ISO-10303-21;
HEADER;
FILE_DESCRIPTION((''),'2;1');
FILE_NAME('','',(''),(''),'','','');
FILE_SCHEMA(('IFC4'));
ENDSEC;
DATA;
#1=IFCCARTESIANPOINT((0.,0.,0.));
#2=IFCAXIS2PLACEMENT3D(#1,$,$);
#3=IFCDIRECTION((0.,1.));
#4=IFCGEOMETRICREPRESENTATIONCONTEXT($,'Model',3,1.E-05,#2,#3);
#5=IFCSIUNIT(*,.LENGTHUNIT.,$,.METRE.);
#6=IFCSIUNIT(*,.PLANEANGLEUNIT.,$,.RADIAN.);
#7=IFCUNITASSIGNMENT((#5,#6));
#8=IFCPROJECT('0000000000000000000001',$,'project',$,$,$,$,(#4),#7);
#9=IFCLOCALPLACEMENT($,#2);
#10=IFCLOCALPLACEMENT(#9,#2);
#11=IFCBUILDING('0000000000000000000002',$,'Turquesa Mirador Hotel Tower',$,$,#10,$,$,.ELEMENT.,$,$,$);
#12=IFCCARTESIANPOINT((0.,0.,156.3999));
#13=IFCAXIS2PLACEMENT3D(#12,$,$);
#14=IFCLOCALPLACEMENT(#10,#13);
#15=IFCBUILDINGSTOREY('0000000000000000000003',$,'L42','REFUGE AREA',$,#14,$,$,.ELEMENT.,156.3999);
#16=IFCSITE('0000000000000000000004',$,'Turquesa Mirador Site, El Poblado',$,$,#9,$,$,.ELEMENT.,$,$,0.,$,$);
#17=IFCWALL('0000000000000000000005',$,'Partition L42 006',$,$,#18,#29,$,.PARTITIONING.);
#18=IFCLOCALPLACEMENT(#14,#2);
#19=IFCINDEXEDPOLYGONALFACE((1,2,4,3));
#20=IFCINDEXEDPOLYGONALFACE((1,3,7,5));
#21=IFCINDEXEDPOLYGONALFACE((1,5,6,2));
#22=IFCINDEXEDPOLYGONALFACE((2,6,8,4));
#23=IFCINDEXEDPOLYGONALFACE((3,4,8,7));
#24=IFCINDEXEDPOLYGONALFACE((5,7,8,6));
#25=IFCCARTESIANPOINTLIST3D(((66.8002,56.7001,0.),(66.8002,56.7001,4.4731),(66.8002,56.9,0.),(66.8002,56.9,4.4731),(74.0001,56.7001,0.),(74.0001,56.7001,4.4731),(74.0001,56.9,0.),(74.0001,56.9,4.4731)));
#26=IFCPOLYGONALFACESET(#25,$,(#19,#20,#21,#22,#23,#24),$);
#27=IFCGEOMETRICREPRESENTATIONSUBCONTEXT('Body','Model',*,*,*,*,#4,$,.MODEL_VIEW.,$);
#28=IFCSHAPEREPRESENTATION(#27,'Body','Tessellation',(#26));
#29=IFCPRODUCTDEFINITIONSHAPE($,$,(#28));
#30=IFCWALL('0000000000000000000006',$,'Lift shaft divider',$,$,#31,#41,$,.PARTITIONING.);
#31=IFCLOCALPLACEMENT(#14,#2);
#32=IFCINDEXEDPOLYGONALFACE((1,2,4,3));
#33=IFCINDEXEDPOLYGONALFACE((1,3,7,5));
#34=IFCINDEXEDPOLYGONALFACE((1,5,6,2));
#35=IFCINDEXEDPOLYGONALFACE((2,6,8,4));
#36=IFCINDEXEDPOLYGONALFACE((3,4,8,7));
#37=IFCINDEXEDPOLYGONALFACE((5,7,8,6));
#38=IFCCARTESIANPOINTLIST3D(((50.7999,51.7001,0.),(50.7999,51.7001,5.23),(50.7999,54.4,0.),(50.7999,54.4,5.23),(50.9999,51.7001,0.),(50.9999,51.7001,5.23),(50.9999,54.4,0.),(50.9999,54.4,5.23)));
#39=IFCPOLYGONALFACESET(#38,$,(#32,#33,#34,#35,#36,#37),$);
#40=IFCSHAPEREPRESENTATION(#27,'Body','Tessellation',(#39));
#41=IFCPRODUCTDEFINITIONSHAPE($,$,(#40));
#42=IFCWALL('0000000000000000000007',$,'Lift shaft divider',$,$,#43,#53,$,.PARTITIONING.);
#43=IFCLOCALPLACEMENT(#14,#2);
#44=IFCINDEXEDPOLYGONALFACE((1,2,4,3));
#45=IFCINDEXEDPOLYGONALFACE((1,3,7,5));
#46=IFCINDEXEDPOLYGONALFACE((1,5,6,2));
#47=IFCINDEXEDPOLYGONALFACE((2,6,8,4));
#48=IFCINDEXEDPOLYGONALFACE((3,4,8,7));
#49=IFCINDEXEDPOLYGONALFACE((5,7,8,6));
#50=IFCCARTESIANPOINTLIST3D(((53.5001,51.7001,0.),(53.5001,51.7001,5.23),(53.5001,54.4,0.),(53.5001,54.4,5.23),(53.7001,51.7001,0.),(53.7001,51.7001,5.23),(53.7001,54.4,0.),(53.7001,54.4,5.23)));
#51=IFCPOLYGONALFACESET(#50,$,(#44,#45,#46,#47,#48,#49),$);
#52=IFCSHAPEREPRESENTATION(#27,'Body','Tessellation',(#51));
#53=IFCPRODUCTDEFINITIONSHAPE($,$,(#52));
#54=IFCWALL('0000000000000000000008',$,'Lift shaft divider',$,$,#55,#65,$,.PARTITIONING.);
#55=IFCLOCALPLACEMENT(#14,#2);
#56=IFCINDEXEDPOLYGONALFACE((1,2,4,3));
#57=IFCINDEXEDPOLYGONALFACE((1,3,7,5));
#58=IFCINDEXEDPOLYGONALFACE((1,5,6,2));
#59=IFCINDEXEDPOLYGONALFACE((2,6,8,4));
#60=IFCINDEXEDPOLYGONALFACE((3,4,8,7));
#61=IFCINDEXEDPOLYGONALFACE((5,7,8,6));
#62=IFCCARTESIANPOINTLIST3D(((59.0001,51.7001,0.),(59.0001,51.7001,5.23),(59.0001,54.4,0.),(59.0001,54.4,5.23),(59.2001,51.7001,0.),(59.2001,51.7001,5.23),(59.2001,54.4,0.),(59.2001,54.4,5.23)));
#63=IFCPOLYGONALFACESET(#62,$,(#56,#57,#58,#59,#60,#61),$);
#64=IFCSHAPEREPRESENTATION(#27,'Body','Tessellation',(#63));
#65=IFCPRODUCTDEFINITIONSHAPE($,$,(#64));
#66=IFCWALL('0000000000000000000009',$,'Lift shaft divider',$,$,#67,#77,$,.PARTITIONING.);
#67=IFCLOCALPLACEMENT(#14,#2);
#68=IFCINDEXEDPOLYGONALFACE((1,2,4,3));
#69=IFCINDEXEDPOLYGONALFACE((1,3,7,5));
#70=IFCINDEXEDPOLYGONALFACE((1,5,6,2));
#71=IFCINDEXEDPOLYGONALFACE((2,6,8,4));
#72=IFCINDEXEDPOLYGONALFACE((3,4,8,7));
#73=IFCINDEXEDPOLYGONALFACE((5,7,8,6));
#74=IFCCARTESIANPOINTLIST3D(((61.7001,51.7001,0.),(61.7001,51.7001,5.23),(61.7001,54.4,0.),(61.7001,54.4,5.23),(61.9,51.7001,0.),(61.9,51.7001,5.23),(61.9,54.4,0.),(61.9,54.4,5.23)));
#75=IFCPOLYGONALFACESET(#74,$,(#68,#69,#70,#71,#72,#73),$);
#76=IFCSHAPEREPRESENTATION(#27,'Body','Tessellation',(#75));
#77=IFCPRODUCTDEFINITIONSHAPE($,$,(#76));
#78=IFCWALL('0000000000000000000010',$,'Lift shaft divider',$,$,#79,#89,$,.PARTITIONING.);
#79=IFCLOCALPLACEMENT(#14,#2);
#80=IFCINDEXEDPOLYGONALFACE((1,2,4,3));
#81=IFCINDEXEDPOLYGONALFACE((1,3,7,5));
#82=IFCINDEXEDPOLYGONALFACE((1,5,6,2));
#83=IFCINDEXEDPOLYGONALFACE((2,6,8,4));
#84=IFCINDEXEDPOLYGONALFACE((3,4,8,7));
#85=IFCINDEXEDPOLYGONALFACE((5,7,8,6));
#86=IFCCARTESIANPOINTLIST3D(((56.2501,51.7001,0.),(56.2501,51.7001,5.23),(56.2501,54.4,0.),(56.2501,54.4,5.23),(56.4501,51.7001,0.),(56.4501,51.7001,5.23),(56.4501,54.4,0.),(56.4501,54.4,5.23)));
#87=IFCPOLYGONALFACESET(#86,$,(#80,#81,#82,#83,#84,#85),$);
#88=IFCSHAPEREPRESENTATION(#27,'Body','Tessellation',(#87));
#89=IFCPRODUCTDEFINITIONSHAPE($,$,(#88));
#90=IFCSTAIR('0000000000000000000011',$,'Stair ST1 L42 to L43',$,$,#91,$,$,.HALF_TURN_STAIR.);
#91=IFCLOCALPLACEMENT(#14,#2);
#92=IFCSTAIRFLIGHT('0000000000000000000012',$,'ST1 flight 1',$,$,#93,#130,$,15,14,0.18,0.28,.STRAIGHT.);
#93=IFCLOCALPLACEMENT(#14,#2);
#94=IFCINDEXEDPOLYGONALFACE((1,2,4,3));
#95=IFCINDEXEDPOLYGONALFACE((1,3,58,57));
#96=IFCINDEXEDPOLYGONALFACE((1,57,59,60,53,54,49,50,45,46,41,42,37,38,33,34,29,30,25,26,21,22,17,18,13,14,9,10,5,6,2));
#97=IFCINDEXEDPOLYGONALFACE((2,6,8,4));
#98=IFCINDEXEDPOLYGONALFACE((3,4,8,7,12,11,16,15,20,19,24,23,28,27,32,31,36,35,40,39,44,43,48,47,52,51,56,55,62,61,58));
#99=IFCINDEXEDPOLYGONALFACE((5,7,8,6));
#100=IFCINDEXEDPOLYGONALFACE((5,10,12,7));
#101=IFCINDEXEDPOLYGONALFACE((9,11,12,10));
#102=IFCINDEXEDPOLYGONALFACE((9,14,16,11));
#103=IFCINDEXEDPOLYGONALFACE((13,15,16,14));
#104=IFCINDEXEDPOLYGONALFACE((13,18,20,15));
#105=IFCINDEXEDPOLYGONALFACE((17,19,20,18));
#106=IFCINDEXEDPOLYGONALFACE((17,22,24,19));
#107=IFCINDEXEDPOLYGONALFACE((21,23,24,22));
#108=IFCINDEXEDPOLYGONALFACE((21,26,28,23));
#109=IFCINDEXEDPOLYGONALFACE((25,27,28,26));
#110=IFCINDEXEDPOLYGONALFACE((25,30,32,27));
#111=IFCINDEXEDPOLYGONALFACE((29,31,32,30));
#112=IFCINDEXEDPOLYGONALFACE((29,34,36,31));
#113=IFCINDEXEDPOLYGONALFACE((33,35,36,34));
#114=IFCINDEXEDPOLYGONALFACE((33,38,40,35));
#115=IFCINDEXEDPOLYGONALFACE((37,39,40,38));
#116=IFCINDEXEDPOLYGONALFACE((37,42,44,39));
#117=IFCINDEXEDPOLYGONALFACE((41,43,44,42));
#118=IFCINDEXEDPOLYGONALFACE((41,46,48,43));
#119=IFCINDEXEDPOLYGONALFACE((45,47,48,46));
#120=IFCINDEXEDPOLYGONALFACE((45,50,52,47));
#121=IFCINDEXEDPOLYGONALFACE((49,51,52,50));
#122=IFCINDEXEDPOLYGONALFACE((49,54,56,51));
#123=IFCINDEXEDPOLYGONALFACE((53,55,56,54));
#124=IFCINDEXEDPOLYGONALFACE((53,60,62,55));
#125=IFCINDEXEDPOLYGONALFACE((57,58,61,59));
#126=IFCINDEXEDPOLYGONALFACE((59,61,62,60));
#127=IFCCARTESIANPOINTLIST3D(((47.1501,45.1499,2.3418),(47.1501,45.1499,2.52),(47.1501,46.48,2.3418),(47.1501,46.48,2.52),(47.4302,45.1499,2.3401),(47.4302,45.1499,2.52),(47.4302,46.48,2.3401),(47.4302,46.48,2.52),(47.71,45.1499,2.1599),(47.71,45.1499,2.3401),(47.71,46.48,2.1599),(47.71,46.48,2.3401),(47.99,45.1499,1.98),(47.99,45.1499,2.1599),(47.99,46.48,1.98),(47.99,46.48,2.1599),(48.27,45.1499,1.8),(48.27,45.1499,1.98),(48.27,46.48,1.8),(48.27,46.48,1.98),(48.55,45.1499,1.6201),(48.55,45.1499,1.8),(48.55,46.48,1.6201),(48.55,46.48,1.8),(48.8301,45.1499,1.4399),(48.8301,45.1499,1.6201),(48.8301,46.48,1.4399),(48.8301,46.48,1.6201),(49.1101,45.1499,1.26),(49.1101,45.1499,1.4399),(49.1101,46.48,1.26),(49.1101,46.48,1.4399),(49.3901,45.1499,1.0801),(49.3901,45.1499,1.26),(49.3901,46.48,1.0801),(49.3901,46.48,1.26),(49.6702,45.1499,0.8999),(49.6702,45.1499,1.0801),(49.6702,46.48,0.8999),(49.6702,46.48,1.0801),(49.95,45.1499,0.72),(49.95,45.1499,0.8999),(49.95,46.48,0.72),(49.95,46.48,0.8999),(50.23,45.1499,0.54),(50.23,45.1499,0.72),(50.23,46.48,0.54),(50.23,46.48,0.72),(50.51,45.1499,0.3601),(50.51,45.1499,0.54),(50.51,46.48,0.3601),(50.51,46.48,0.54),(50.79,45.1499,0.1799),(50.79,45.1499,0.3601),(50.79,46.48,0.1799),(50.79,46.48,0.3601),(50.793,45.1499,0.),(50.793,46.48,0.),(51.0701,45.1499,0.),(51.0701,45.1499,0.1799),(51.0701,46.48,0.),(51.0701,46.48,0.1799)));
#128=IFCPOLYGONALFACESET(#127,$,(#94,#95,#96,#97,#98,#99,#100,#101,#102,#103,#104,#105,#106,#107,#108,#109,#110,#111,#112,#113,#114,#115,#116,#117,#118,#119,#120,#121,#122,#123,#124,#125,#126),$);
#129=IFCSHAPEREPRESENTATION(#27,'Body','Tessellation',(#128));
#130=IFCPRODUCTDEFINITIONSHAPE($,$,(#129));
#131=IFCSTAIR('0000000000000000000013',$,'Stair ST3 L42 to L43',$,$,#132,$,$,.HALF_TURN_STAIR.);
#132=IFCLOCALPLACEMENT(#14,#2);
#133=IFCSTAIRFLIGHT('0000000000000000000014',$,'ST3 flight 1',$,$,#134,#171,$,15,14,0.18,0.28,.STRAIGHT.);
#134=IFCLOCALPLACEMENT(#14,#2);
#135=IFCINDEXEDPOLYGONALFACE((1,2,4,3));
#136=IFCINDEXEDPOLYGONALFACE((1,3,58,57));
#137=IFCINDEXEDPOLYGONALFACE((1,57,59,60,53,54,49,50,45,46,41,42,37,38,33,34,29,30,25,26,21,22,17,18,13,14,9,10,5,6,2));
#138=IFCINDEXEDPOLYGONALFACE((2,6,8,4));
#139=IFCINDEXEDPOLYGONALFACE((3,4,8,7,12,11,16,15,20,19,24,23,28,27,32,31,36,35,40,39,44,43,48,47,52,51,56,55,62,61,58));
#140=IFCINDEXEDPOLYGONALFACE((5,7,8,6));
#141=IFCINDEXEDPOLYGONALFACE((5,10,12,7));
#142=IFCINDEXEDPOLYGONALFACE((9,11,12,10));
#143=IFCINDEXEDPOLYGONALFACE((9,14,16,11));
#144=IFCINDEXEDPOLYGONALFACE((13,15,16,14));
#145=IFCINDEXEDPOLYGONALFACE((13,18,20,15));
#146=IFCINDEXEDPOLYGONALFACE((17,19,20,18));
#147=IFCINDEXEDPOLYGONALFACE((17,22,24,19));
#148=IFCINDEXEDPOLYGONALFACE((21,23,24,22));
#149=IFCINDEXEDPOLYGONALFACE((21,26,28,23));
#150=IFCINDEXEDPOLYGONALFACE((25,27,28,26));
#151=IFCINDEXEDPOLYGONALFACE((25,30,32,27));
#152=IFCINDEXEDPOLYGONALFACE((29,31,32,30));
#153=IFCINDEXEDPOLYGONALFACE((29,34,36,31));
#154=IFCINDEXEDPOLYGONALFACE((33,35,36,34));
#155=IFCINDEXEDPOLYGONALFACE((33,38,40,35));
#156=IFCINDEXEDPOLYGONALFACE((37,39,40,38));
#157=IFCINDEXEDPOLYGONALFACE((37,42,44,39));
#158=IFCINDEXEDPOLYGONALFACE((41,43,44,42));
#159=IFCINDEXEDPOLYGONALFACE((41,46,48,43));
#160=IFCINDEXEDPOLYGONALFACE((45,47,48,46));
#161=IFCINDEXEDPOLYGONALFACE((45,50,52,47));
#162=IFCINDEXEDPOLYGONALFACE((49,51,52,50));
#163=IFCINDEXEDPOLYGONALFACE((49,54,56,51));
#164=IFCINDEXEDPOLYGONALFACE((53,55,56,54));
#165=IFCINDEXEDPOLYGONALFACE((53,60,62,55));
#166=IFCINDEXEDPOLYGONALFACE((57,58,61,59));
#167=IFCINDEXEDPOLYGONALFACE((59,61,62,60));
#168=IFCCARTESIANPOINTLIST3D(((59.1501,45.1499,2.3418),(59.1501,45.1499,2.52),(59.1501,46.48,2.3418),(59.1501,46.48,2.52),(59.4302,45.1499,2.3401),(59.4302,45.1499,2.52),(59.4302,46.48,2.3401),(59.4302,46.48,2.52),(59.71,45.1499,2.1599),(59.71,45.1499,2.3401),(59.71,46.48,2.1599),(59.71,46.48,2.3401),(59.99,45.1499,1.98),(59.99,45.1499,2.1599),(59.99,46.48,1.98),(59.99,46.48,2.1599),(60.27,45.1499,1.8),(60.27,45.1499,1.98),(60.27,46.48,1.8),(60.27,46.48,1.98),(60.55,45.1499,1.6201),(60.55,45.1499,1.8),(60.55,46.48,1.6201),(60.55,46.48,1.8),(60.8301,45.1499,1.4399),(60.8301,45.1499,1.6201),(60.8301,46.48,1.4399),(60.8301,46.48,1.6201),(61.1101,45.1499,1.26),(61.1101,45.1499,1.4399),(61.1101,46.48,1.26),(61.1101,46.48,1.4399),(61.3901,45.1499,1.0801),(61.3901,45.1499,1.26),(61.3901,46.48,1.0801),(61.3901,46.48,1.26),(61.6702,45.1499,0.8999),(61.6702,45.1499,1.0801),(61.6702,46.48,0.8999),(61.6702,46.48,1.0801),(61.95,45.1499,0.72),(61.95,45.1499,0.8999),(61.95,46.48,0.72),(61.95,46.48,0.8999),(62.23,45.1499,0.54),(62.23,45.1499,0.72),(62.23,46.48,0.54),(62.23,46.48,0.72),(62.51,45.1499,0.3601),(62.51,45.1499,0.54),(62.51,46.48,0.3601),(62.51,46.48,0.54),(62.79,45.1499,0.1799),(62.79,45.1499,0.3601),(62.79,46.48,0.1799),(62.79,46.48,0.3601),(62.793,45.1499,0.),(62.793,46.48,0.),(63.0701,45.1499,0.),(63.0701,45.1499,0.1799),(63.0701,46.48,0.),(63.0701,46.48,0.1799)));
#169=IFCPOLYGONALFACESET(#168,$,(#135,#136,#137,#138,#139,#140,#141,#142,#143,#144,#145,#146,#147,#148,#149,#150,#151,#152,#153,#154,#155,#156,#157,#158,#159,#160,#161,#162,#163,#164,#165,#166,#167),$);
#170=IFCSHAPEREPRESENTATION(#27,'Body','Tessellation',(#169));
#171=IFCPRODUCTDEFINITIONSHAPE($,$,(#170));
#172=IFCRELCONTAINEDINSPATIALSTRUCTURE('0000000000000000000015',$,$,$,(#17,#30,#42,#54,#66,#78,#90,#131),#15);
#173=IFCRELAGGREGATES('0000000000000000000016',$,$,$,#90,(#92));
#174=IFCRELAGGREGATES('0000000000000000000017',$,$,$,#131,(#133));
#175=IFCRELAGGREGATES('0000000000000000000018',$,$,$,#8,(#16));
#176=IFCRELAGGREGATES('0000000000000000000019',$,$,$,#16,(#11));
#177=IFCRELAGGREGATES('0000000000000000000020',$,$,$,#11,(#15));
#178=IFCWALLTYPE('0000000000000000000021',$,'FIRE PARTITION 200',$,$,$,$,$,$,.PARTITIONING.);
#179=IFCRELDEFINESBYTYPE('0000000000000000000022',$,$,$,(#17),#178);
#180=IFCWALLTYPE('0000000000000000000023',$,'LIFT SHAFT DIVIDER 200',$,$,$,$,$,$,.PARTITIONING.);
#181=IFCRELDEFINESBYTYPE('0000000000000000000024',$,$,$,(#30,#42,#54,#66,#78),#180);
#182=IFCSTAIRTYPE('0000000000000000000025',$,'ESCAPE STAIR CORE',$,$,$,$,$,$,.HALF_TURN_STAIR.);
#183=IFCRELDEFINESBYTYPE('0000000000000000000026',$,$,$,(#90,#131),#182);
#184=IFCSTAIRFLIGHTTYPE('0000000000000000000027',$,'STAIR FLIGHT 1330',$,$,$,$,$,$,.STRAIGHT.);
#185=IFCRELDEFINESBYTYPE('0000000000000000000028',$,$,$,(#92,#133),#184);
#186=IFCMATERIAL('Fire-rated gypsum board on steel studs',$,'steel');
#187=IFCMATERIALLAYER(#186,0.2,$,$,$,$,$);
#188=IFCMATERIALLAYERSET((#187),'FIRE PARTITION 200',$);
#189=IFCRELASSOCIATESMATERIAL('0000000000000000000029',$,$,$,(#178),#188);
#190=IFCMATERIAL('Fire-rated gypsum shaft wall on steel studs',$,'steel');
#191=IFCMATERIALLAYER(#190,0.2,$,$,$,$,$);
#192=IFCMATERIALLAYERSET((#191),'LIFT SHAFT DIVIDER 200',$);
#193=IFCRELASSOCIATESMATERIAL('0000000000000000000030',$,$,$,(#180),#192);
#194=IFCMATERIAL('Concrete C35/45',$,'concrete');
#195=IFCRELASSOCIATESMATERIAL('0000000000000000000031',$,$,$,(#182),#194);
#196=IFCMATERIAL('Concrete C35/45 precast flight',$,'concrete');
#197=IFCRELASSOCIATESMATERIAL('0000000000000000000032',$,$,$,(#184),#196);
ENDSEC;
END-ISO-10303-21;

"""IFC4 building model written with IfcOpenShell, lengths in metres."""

from ifc_helpers import new_model, si_unit, direction, frame, frame_2d, origin, place, context, subcontext, project, spatial, polyline, rectangle, outline, extrude, material, layer, layer_set, type_object, element, aggregate, save


model = new_model("IFC4")

# Units and contexts
model_context = context("Model", 3, precision=1e-05, world=origin(), true_north=direction((0.0, 1.0)))
body_context = subcontext(model_context, "Body", "Model", "MODEL_VIEW")
ifc_project = project(units=[si_unit("LENGTHUNIT", "METRE"), si_unit("PLANEANGLEUNIT", "RADIAN")], contexts=[model_context])

# Site, building, storey
site_placement = place(None, origin())
site = spatial("IfcSite", under=ifc_project, at=site_placement, Name="Turquesa Mirador Site, El Poblado", CompositionType="ELEMENT", RefElevation=0.0)
building_placement = place(site_placement, origin())
building = spatial("IfcBuilding", under=site, at=building_placement, Name="Turquesa Mirador Hotel Tower", CompositionType="ELEMENT")
storey_placement = place(building_placement, frame((0.0, 0.0, 156.3999)))
storey = spatial("IfcBuildingStorey", under=building, at=storey_placement, Name="L42", Description="REFUGE AREA", CompositionType="ELEMENT", Elevation=156.3999)

# Walls
ifc_material_1 = material(Name="Fire-rated gypsum board on steel studs", Category="steel")
ifc_layer_1 = layer(ifc_material_1, 0.2)
ifc_layer_set_1 = layer_set([ifc_layer_1], Name="FIRE PARTITION 200")
wall_type_1 = type_object("IfcWallType", Name="FIRE PARTITION 200", PredefinedType="PARTITIONING", material=ifc_layer_set_1)
wall_1_placement = place(storey_placement, frame((66.8, 56.8, 0.0), z_axis=(0.0, 0.0, 1.0), x_axis=(1.0, 0.0, 0.0)))
element("IfcWall", 1, at=wall_1_placement, inside=storey, type_object=wall_type_1, Name="Partition L42 006", PredefinedType="PARTITIONING", context=body_context, shape_type="SweptSolid", body=[
    extrude(rectangle(XDim=7.2, YDim=0.2, at=frame_2d((3.6001, 0.0))), origin(), (0.0, 0.0, 1.0), 4.4731),
])
ifc_material_2 = material(Name="Fire-rated gypsum shaft wall on steel studs", Category="steel")
ifc_layer_2 = layer(ifc_material_2, 0.2)
ifc_layer_set_2 = layer_set([ifc_layer_2], Name="LIFT SHAFT DIVIDER 200")
wall_type_2 = type_object("IfcWallType", Name="LIFT SHAFT DIVIDER 200", PredefinedType="PARTITIONING", material=ifc_layer_set_2)
for number, where, z_axis, x_axis, name in (
    (2, (50.8999, 51.7, 0.0), (0.0, 0.0, 1.0), (0.0, 1.0, 0.0), "Lift shaft divider"),
    (3, (53.6001, 51.7, 0.0), (0.0, 0.0, 1.0), (0.0, 1.0, 0.0), "Lift shaft divider"),
    (4, (59.1001, 51.7, 0.0), (0.0, 0.0, 1.0), (0.0, 1.0, 0.0), "Lift shaft divider"),
    (5, (61.8, 51.7, 0.0), (0.0, 0.0, 1.0), (0.0, 1.0, 0.0), "Lift shaft divider"),
    (6, (56.3501, 51.7, 0.0), (0.0, 0.0, 1.0), (0.0, 1.0, 0.0), "Lift shaft divider"),
):
    element("IfcWall", number, at=place(storey_placement, frame(where, z_axis=z_axis, x_axis=x_axis)), inside=storey, type_object=wall_type_2, Name=name, PredefinedType="PARTITIONING", context=body_context, shape_type="SweptSolid", body=[
        extrude(rectangle(XDim=2.7, YDim=0.2, at=frame_2d((1.3501, 0.0))), origin(), (0.0, 0.0, 1.0), 5.23),
    ])

# Stair, stair flight
ifc_material_3 = material(Name="Concrete C35/45", Category="concrete")
stair_type = type_object("IfcStairType", Name="ESCAPE STAIR CORE", PredefinedType="HALF_TURN_STAIR", material=ifc_material_3)
stair_1_placement = place(storey_placement, origin())
stair_1 = element("IfcStair", 7, at=stair_1_placement, inside=storey, type_object=stair_type, Name="Stair ST1 L42 to L43", PredefinedType="HALF_TURN_STAIR")
ifc_material_4 = material(Name="Concrete C35/45 precast flight", Category="concrete")
stair_flight_type = type_object("IfcStairFlightType", Name="STAIR FLIGHT 1330", PredefinedType="STRAIGHT", material=ifc_material_4)
stair_flight_1_placement = place(storey_placement, frame((51.0701, 45.8149, 0.0), z_axis=(0.0, 0.0, 1.0), x_axis=(-1.0, 0.0, 0.0)))
stair_flight_1 = element("IfcStairFlight", 8, at=stair_flight_1_placement, type_object=stair_flight_type, Name="ST1 flight 1", NumberOfRisers=15, NumberOfTreads=14, PredefinedType="STRAIGHT", RiserHeight=0.18, TreadLength=0.28, context=body_context, shape_type="SweptSolid", body=[
    extrude(outline(polyline([(0.0, 0.0), (0.0, 0.1799), (0.28, 0.1799), (0.28, 0.3601), (0.5601, 0.3601), (0.5601, 0.54), (0.8401, 0.54), (0.8401, 0.72), (1.1201, 0.72), (1.1201, 0.8999), (1.3999, 0.8999), (1.3999, 1.0801), (1.6799, 1.0801), (1.6799, 1.26), (1.96, 1.26), (1.96, 1.4399), (2.24, 1.4399), (2.24, 1.6201), (2.52, 1.6201), (2.52, 1.8), (2.8, 1.8), (2.8, 1.98), (3.0801, 1.98), (3.0801, 2.1599), (3.3601, 2.1599), (3.3601, 2.3401), (3.6399, 2.3401), (3.6399, 2.52), (3.9199, 2.52), (3.9199, 2.7), (3.9199, 2.3418), (0.2771, 0.0), (0.0, 0.0)])), frame((0.0, 0.665, 0.0), z_axis=(0.0, -1.0, 0.0), x_axis=(1.0, 0.0, 0.0)), (0.0, 0.0, 1.0), 1.3301),
])
aggregate(stair_1, [stair_flight_1])

# Stair, stair flight
stair_2_placement = place(storey_placement, origin())
stair_2 = element("IfcStair", 9, at=stair_2_placement, inside=storey, type_object=stair_type, Name="Stair ST3 L42 to L43", PredefinedType="HALF_TURN_STAIR")
stair_flight_2_placement = place(storey_placement, frame((63.0701, 45.8149, 0.0), z_axis=(0.0, 0.0, 1.0), x_axis=(-1.0, 0.0, 0.0)))
stair_flight_2 = element("IfcStairFlight", 10, at=stair_flight_2_placement, type_object=stair_flight_type, Name="ST3 flight 1", NumberOfRisers=15, NumberOfTreads=14, PredefinedType="STRAIGHT", RiserHeight=0.18, TreadLength=0.28, context=body_context, shape_type="SweptSolid", body=[
    extrude(outline(polyline([(0.0, 0.0), (0.0, 0.1799), (0.28, 0.1799), (0.28, 0.3601), (0.5601, 0.3601), (0.5601, 0.54), (0.8401, 0.54), (0.8401, 0.72), (1.1201, 0.72), (1.1201, 0.8999), (1.3999, 0.8999), (1.3999, 1.0801), (1.6799, 1.0801), (1.6799, 1.26), (1.96, 1.26), (1.96, 1.4399), (2.24, 1.4399), (2.24, 1.6201), (2.52, 1.6201), (2.52, 1.8), (2.8, 1.8), (2.8, 1.98), (3.0801, 1.98), (3.0801, 2.1599), (3.3601, 2.1599), (3.3601, 2.3401), (3.6399, 2.3401), (3.6399, 2.52), (3.9199, 2.52), (3.9199, 2.7), (3.9199, 2.3418), (0.2771, 0.0), (0.0, 0.0)])), frame((0.0, 0.665, 0.0), z_axis=(0.0, -1.0, 0.0), x_axis=(1.0, 0.0, 0.0)), (0.0, 0.0, 1.0), 1.3301),
])
aggregate(stair_2, [stair_flight_2])

save(model, "model.ifc")
